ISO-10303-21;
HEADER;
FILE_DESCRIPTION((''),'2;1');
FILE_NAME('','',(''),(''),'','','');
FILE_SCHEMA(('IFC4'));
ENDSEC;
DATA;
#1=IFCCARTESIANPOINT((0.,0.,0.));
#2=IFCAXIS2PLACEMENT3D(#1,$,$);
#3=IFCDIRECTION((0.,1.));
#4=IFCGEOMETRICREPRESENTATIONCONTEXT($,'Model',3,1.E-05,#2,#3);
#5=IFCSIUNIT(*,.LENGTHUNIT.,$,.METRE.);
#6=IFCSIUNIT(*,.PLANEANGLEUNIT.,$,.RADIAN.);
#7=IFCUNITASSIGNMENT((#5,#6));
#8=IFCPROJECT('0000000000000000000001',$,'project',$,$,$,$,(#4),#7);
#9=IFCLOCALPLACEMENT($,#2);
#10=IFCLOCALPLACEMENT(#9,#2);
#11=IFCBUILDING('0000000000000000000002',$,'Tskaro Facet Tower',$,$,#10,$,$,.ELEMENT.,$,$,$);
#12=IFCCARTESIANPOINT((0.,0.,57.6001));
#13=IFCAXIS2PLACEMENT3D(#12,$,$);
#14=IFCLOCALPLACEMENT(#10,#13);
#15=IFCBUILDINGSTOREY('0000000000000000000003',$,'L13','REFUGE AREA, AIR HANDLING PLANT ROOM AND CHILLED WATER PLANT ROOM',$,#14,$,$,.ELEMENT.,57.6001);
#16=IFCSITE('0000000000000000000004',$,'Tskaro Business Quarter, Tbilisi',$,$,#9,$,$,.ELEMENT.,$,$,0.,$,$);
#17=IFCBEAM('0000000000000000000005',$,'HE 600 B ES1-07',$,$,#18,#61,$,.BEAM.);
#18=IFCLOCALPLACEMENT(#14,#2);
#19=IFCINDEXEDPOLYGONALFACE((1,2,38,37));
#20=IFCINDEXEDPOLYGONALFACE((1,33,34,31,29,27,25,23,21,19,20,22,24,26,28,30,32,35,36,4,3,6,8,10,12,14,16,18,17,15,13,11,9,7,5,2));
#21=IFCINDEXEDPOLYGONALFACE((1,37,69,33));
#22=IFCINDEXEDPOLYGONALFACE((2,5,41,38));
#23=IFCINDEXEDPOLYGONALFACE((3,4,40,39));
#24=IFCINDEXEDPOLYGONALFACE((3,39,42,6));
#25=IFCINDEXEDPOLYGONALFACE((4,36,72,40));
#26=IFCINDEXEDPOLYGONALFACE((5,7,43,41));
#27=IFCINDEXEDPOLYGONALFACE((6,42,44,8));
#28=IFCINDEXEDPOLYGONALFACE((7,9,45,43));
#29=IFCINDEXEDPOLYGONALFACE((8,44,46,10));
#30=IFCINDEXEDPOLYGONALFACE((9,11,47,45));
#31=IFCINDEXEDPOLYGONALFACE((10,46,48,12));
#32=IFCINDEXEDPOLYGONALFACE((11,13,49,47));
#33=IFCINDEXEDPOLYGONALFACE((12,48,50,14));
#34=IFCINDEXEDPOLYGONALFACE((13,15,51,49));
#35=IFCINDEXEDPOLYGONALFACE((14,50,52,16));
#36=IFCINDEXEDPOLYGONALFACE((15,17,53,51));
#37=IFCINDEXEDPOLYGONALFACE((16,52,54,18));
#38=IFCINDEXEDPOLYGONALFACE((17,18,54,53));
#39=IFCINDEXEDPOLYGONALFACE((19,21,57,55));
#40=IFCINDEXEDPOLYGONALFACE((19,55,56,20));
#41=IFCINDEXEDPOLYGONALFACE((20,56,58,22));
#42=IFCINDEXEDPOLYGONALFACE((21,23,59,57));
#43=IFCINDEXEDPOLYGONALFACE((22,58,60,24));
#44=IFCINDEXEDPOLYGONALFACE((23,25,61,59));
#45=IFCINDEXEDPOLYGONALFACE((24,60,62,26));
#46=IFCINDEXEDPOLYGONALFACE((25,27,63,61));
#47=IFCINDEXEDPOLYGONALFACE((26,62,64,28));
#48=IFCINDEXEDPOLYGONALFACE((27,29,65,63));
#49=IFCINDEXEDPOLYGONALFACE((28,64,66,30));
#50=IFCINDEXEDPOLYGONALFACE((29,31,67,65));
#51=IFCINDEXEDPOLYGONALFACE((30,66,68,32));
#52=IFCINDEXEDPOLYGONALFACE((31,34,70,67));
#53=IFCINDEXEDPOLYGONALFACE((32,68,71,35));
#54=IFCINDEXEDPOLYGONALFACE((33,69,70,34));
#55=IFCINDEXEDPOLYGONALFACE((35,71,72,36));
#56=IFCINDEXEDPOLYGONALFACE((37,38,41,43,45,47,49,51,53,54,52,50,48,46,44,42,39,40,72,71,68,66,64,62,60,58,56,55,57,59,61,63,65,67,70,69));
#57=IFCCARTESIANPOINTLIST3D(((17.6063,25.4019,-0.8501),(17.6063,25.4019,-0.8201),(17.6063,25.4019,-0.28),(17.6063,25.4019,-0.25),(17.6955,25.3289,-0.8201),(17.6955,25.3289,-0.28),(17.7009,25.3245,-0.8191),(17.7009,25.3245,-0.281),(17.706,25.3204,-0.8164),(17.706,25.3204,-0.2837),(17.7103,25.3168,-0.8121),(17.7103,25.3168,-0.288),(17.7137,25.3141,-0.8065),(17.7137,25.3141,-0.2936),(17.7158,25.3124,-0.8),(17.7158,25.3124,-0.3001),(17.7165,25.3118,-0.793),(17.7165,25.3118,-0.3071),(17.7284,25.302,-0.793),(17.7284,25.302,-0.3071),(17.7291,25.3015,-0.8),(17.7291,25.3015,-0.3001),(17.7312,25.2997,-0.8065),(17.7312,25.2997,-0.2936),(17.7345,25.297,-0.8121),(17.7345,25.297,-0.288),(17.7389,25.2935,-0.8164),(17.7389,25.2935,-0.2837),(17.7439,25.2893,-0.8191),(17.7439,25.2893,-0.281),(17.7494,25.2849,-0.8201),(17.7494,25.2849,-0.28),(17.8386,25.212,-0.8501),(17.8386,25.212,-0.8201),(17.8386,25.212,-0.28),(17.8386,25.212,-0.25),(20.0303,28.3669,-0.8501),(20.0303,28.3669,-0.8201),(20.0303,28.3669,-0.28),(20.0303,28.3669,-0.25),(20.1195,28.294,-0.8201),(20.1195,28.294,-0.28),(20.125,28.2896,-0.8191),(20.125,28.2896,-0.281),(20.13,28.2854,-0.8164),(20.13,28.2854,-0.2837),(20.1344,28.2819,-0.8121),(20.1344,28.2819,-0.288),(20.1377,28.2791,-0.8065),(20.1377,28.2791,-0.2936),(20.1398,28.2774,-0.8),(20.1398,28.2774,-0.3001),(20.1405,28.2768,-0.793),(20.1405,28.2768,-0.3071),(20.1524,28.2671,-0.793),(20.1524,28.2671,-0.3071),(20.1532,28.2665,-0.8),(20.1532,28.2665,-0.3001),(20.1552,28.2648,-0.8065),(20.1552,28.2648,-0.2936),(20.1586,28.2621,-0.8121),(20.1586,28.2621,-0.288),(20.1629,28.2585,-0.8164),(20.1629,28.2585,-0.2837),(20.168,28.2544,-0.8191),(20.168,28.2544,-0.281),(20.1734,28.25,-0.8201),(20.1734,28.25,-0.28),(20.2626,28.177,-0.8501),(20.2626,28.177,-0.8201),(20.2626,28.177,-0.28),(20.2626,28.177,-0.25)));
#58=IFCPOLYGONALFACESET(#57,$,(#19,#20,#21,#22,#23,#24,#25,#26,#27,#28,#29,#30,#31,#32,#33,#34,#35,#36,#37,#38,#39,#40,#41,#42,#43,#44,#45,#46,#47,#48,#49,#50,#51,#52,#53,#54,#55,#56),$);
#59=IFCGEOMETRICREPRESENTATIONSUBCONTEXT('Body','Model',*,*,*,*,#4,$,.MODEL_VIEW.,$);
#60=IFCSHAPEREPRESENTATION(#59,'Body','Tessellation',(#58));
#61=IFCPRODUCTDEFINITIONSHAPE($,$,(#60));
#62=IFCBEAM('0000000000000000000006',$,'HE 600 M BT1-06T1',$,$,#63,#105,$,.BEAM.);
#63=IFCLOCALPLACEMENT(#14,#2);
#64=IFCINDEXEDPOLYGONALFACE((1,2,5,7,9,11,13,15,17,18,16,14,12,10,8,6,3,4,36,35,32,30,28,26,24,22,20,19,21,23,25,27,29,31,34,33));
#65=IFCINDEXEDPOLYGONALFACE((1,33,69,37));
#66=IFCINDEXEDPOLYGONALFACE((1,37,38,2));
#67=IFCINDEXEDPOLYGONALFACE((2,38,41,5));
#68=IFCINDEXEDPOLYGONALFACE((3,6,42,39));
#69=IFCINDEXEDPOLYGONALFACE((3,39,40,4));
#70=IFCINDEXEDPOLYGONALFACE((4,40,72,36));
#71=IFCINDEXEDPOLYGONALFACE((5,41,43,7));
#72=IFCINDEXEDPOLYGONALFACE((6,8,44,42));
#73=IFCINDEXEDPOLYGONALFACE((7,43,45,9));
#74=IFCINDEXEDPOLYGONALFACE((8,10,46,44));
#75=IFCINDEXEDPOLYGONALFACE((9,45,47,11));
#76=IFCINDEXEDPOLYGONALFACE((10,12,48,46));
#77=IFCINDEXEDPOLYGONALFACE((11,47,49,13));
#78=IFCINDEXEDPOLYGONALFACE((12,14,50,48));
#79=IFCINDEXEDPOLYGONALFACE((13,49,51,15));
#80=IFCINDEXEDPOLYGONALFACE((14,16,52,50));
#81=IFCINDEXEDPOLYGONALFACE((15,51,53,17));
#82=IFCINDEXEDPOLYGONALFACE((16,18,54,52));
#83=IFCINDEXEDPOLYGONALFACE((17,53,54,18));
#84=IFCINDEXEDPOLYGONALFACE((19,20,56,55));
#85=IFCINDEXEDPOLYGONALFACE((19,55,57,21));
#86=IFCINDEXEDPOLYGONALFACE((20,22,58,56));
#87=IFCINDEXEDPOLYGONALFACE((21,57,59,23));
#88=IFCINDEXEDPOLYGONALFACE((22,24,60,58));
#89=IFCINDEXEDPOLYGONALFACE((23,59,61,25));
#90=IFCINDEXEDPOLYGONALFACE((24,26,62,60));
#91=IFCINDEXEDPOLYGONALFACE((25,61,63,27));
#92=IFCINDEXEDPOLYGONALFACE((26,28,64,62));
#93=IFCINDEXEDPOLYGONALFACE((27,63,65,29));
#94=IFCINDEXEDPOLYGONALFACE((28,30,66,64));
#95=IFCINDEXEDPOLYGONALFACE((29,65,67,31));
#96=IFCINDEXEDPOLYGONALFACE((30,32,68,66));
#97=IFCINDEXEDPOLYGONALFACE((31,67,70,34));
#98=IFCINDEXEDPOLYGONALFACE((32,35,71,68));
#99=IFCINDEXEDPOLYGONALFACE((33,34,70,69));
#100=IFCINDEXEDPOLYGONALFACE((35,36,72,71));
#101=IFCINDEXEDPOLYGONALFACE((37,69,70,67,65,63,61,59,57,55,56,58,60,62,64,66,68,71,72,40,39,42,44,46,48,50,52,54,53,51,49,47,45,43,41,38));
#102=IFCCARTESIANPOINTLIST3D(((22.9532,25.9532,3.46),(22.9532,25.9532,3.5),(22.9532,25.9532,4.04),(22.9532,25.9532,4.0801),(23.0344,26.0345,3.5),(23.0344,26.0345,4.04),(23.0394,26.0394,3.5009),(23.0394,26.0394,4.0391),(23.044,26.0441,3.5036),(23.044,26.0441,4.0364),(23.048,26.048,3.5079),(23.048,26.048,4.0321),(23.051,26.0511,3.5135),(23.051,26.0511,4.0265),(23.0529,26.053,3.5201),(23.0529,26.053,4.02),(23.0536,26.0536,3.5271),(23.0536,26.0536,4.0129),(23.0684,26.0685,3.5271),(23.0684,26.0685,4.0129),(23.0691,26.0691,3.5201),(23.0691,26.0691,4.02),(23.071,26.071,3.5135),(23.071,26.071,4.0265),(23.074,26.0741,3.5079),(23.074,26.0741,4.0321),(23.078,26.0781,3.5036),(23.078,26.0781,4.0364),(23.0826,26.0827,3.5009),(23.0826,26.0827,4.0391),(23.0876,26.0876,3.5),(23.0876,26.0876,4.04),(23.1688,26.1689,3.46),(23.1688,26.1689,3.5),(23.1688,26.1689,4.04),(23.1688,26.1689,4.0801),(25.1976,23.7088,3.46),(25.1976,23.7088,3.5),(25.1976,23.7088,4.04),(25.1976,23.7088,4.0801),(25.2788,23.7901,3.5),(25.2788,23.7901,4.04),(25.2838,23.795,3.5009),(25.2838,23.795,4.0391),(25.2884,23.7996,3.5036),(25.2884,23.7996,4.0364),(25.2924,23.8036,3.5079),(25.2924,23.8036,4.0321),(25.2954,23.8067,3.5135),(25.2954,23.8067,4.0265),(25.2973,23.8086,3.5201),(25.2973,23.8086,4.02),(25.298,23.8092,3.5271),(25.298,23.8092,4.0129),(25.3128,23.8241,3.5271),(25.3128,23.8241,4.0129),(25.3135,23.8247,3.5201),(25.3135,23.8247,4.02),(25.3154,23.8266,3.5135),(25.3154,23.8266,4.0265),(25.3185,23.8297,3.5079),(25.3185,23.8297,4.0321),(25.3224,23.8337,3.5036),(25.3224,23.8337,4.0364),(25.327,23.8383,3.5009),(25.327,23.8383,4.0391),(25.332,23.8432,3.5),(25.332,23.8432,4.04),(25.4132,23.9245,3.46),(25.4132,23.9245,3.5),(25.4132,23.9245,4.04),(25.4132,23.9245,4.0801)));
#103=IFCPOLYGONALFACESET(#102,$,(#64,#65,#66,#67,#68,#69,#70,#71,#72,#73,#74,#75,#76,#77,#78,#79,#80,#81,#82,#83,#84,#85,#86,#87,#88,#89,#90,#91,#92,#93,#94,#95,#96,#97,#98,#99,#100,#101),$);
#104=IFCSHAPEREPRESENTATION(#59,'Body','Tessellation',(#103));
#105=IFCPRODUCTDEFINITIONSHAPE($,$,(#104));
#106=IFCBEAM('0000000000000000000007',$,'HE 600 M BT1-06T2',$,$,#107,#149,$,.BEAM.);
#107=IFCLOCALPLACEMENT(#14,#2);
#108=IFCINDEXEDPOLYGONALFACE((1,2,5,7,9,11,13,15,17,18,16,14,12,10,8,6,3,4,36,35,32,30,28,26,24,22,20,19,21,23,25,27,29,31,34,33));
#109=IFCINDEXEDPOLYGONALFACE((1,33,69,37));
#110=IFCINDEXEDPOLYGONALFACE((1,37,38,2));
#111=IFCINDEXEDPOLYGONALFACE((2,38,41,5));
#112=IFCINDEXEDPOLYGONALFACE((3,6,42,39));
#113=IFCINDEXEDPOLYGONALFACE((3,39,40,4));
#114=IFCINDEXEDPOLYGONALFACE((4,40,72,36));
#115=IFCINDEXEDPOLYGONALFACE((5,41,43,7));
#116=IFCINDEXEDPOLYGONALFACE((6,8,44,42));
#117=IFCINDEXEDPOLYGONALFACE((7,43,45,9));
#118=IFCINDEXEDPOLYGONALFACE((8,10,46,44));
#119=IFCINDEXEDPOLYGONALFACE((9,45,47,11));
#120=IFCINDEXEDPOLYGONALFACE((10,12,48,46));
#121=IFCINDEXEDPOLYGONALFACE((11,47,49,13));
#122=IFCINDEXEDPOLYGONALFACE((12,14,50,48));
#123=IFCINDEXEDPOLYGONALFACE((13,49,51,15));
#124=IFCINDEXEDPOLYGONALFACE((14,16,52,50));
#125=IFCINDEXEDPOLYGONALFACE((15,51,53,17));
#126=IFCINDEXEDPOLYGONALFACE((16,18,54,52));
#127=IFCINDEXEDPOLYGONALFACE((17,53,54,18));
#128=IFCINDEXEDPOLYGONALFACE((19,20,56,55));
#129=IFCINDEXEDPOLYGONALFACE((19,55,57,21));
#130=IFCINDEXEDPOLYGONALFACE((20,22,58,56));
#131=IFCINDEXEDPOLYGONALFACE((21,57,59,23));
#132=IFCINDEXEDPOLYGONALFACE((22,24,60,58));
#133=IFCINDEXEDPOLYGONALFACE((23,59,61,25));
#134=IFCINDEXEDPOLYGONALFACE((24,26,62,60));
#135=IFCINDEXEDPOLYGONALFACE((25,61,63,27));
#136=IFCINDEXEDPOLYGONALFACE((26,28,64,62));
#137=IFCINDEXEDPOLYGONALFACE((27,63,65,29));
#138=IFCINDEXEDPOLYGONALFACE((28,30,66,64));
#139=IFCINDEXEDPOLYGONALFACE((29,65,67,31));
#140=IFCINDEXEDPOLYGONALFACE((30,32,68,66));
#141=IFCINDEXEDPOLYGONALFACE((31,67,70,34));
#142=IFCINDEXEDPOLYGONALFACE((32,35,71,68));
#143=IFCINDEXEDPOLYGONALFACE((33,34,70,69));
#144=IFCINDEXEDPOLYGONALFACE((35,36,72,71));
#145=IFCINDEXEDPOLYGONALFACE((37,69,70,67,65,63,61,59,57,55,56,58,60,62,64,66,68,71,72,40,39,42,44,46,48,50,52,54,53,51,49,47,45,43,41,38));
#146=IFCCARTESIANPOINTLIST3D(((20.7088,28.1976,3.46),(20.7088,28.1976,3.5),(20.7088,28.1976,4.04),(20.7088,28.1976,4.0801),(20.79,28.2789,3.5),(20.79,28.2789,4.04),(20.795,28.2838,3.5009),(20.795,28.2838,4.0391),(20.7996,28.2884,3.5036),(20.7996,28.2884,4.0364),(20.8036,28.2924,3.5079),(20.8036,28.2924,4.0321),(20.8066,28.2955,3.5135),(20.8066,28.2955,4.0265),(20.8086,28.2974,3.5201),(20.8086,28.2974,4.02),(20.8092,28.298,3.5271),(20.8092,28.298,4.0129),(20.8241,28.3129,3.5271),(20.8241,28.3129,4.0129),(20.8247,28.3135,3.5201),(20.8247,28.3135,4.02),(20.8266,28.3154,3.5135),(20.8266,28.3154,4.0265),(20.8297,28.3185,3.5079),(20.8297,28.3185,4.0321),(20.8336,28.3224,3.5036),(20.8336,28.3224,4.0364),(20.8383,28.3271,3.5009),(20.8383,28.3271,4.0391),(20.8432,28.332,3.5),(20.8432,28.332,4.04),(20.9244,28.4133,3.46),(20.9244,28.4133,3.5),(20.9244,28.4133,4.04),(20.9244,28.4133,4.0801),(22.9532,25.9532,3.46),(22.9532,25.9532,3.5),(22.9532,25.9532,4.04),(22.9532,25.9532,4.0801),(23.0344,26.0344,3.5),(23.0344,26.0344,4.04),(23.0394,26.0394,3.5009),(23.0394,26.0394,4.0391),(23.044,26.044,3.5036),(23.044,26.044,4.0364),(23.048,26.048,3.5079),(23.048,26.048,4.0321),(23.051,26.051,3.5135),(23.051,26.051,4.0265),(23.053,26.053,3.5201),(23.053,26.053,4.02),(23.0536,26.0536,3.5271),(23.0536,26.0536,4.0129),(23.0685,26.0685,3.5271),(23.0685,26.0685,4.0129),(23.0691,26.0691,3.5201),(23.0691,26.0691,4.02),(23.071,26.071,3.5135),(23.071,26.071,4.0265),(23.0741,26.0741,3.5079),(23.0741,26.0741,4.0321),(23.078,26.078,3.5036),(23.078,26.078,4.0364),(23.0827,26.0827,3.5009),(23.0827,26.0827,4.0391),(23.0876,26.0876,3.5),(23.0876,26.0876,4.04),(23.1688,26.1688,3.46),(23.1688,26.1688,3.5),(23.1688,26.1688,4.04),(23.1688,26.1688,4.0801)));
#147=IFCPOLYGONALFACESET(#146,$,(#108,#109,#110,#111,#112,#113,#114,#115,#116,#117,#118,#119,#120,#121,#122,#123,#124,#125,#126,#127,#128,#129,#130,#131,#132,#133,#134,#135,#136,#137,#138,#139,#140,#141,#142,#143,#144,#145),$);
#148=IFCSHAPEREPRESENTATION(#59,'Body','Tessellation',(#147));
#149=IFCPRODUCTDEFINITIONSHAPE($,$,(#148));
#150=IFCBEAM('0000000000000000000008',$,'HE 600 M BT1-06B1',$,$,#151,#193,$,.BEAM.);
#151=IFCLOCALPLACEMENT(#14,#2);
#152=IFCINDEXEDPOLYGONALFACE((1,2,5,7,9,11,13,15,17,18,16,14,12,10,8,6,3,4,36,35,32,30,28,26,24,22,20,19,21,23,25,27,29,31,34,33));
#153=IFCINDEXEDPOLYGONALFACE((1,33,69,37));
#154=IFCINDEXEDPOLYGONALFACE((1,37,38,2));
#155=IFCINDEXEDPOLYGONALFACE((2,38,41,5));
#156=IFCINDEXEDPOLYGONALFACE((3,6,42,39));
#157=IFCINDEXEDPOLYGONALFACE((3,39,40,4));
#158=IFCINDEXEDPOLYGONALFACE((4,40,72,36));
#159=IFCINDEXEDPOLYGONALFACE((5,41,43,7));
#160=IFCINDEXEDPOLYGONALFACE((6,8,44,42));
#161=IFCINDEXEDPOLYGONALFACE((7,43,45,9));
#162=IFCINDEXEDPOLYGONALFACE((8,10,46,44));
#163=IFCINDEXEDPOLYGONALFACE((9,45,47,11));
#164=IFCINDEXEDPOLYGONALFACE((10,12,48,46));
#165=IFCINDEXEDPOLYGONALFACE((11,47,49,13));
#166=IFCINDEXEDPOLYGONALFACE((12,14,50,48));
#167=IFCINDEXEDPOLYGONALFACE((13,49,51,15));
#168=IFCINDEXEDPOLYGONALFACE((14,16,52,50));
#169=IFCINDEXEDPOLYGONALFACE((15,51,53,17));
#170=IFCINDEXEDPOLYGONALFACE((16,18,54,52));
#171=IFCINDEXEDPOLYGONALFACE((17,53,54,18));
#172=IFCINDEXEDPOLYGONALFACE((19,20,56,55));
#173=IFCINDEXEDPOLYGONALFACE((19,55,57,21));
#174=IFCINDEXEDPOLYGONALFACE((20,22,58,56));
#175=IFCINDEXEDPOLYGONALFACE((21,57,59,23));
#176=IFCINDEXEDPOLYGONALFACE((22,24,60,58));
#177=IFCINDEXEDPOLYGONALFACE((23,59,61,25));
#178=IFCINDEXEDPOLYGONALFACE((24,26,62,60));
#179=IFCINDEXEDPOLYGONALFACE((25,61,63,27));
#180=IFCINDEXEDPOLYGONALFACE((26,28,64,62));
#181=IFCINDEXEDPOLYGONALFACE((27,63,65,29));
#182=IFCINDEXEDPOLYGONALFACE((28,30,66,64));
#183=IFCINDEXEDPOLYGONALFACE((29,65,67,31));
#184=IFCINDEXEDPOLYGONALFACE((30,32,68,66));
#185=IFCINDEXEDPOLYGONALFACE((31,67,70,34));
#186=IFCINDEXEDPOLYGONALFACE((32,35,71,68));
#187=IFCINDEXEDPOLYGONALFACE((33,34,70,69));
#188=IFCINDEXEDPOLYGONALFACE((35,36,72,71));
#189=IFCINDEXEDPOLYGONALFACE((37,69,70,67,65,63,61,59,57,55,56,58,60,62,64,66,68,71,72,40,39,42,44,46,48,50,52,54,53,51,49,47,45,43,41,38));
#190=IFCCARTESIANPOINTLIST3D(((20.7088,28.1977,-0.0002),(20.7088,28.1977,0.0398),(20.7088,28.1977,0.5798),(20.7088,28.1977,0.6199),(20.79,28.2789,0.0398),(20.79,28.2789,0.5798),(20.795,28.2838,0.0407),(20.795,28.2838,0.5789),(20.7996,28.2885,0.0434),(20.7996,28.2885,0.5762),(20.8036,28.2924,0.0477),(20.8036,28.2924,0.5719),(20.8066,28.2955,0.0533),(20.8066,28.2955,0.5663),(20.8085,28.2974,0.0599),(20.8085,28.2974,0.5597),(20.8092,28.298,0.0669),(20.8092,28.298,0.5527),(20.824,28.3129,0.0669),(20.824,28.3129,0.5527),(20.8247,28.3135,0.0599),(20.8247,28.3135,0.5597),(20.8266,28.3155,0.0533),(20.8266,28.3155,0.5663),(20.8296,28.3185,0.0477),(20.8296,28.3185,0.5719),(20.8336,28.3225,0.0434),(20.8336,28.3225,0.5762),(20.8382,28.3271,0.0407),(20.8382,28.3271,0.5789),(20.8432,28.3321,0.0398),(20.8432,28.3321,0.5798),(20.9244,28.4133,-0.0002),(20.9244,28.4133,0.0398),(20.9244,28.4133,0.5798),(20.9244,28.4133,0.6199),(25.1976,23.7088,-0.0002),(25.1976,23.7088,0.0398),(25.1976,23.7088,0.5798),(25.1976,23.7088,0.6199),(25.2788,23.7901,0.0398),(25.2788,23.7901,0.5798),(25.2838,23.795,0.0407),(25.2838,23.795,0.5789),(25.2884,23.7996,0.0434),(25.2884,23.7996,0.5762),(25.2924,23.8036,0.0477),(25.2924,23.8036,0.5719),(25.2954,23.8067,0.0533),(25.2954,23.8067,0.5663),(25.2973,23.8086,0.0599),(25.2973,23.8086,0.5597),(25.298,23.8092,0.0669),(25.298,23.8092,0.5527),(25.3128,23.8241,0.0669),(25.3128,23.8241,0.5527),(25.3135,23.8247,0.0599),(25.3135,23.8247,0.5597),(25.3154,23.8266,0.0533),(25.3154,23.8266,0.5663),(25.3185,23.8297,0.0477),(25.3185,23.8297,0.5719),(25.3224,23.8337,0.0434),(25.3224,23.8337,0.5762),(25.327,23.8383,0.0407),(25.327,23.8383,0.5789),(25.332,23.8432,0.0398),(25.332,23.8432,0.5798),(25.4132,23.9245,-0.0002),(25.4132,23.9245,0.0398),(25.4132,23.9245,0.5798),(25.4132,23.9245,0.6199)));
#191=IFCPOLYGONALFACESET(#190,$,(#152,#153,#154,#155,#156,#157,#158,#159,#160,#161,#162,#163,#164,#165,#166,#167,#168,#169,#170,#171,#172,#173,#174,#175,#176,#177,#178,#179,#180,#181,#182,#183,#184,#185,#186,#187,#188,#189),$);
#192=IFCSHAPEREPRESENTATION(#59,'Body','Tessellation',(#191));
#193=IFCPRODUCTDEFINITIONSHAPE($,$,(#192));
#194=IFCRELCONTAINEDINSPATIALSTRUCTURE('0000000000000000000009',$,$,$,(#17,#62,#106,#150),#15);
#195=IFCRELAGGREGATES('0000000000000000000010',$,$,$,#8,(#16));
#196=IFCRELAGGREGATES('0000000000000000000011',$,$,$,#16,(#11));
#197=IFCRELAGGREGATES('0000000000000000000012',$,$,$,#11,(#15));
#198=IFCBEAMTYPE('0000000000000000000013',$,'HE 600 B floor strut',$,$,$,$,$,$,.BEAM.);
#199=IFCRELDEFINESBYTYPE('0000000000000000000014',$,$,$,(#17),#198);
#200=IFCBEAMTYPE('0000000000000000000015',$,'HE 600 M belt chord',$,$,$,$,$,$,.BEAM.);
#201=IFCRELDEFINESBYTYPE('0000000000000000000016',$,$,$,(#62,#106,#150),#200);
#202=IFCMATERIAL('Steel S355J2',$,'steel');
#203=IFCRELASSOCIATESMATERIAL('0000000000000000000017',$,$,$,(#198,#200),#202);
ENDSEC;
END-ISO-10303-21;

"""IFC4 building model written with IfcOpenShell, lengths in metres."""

from ifc_helpers import new_model, si_unit, direction, frame, origin, origin_2d, place, context, subcontext, project, spatial, i_section, extrude, material, material_profile, profile_set, type_object, element, save


model = new_model("IFC4")

# Units and contexts
model_context = context("Model", 3, precision=1e-05, world=origin(), true_north=direction((0.0, 1.0)))
body_context = subcontext(model_context, "Body", "Model", "MODEL_VIEW")
ifc_project = project(units=[si_unit("LENGTHUNIT", "METRE"), si_unit("PLANEANGLEUNIT", "RADIAN")], contexts=[model_context])

# Site, building, storey
site_placement = place(None, origin())
site = spatial("IfcSite", under=ifc_project, at=site_placement, Name="Tskaro Business Quarter, Tbilisi", CompositionType="ELEMENT", RefElevation=0.0)
building_placement = place(site_placement, origin())
building = spatial("IfcBuilding", under=site, at=building_placement, Name="Tskaro Facet Tower", CompositionType="ELEMENT")
storey_placement = place(building_placement, frame((0.0, 0.0, 57.6001)))
storey = spatial("IfcBuildingStorey", under=building, at=storey_placement, Name="L13", Description="REFUGE AREA, AIR HANDLING PLANT ROOM AND CHILLED WATER PLANT ROOM", CompositionType="ELEMENT", Elevation=57.6001)

# Shared definitions
ifc_material_1 = material(Name="Steel S355J2", Category="steel")

# Beams
ifc_material_profile_1 = material_profile(ifc_material_1, i_section(OverallWidth=0.3, OverallDepth=0.6001, WebThickness=0.0154, FlangeThickness=0.03, FilletRadius=0.0271, at=origin_2d()), Name="HE 600 B")
ifc_profile_set_1 = profile_set([ifc_material_profile_1], Name="Steel S355J2")
beam_type_1 = type_object("IfcBeamType", Name="HE 600 B floor strut", PredefinedType="BEAM", material=ifc_profile_set_1)
beam_1_placement = place(storey_placement, frame((20.1465, 28.272, -0.55), z_axis=(-0.632939, -0.774201, 0.0), x_axis=(0.774201, -0.632939, 0.0)))
element("IfcBeam", 1, at=beam_1_placement, inside=storey, type_object=beam_type_1, Name="HE 600 B ES1-07", PredefinedType="BEAM", context=body_context, shape_type="SweptSolid", body=[
    extrude(i_section(OverallWidth=0.3, OverallDepth=0.6001, WebThickness=0.0154, FlangeThickness=0.03, FilletRadius=0.0271, at=origin_2d()), origin(), (0.0, 0.0, 1.0), 3.8298),
])
ifc_material_profile_2 = material_profile(ifc_material_1, i_section(OverallWidth=0.3049, OverallDepth=0.6201, WebThickness=0.021, FlangeThickness=0.04, FilletRadius=0.0271, at=origin_2d()), Name="HE 600 M")
ifc_profile_set_2 = profile_set([ifc_material_profile_2], Name="Steel S355J2")
beam_type_2 = type_object("IfcBeamType", Name="HE 600 M belt chord", PredefinedType="BEAM", material=ifc_profile_set_2)
for number, where, z_axis, x_axis, name in (
    (2, (25.3054, 23.8167, 3.77), (-0.707107, 0.707107, 0.0), (-0.707107, -0.707107, 0.0), "HE 600 M BT1-06T1"),
    (3, (23.061, 26.061, 3.77), (-0.707107, 0.707107, 0.0), (-0.707107, -0.707107, 0.0), "HE 600 M BT1-06T2"),
):
    element("IfcBeam", number, at=place(storey_placement, frame(where, z_axis=z_axis, x_axis=x_axis)), inside=storey, type_object=beam_type_2, Name=name, PredefinedType="BEAM", context=body_context, shape_type="SweptSolid", body=[
        extrude(i_section(OverallWidth=0.3049, OverallDepth=0.6201, WebThickness=0.021, FlangeThickness=0.04, FilletRadius=0.0271, at=origin_2d()), origin(), (0.0, 0.0, 1.0), 3.1741),
    ])
beam_2_placement = place(storey_placement, frame((25.3054, 23.8167, 0.3098), z_axis=(-0.707107, 0.707107, 0.0), x_axis=(-0.707107, -0.707107, 0.0)))
element("IfcBeam", 4, at=beam_2_placement, inside=storey, type_object=beam_type_2, Name="HE 600 M BT1-06B1", PredefinedType="BEAM", context=body_context, shape_type="SweptSolid", body=[
    extrude(i_section(OverallWidth=0.3049, OverallDepth=0.6201, WebThickness=0.021, FlangeThickness=0.04, FilletRadius=0.0271, at=origin_2d()), origin(), (0.0, 0.0, 1.0), 6.3481),
])

save(model, "model.ifc")
